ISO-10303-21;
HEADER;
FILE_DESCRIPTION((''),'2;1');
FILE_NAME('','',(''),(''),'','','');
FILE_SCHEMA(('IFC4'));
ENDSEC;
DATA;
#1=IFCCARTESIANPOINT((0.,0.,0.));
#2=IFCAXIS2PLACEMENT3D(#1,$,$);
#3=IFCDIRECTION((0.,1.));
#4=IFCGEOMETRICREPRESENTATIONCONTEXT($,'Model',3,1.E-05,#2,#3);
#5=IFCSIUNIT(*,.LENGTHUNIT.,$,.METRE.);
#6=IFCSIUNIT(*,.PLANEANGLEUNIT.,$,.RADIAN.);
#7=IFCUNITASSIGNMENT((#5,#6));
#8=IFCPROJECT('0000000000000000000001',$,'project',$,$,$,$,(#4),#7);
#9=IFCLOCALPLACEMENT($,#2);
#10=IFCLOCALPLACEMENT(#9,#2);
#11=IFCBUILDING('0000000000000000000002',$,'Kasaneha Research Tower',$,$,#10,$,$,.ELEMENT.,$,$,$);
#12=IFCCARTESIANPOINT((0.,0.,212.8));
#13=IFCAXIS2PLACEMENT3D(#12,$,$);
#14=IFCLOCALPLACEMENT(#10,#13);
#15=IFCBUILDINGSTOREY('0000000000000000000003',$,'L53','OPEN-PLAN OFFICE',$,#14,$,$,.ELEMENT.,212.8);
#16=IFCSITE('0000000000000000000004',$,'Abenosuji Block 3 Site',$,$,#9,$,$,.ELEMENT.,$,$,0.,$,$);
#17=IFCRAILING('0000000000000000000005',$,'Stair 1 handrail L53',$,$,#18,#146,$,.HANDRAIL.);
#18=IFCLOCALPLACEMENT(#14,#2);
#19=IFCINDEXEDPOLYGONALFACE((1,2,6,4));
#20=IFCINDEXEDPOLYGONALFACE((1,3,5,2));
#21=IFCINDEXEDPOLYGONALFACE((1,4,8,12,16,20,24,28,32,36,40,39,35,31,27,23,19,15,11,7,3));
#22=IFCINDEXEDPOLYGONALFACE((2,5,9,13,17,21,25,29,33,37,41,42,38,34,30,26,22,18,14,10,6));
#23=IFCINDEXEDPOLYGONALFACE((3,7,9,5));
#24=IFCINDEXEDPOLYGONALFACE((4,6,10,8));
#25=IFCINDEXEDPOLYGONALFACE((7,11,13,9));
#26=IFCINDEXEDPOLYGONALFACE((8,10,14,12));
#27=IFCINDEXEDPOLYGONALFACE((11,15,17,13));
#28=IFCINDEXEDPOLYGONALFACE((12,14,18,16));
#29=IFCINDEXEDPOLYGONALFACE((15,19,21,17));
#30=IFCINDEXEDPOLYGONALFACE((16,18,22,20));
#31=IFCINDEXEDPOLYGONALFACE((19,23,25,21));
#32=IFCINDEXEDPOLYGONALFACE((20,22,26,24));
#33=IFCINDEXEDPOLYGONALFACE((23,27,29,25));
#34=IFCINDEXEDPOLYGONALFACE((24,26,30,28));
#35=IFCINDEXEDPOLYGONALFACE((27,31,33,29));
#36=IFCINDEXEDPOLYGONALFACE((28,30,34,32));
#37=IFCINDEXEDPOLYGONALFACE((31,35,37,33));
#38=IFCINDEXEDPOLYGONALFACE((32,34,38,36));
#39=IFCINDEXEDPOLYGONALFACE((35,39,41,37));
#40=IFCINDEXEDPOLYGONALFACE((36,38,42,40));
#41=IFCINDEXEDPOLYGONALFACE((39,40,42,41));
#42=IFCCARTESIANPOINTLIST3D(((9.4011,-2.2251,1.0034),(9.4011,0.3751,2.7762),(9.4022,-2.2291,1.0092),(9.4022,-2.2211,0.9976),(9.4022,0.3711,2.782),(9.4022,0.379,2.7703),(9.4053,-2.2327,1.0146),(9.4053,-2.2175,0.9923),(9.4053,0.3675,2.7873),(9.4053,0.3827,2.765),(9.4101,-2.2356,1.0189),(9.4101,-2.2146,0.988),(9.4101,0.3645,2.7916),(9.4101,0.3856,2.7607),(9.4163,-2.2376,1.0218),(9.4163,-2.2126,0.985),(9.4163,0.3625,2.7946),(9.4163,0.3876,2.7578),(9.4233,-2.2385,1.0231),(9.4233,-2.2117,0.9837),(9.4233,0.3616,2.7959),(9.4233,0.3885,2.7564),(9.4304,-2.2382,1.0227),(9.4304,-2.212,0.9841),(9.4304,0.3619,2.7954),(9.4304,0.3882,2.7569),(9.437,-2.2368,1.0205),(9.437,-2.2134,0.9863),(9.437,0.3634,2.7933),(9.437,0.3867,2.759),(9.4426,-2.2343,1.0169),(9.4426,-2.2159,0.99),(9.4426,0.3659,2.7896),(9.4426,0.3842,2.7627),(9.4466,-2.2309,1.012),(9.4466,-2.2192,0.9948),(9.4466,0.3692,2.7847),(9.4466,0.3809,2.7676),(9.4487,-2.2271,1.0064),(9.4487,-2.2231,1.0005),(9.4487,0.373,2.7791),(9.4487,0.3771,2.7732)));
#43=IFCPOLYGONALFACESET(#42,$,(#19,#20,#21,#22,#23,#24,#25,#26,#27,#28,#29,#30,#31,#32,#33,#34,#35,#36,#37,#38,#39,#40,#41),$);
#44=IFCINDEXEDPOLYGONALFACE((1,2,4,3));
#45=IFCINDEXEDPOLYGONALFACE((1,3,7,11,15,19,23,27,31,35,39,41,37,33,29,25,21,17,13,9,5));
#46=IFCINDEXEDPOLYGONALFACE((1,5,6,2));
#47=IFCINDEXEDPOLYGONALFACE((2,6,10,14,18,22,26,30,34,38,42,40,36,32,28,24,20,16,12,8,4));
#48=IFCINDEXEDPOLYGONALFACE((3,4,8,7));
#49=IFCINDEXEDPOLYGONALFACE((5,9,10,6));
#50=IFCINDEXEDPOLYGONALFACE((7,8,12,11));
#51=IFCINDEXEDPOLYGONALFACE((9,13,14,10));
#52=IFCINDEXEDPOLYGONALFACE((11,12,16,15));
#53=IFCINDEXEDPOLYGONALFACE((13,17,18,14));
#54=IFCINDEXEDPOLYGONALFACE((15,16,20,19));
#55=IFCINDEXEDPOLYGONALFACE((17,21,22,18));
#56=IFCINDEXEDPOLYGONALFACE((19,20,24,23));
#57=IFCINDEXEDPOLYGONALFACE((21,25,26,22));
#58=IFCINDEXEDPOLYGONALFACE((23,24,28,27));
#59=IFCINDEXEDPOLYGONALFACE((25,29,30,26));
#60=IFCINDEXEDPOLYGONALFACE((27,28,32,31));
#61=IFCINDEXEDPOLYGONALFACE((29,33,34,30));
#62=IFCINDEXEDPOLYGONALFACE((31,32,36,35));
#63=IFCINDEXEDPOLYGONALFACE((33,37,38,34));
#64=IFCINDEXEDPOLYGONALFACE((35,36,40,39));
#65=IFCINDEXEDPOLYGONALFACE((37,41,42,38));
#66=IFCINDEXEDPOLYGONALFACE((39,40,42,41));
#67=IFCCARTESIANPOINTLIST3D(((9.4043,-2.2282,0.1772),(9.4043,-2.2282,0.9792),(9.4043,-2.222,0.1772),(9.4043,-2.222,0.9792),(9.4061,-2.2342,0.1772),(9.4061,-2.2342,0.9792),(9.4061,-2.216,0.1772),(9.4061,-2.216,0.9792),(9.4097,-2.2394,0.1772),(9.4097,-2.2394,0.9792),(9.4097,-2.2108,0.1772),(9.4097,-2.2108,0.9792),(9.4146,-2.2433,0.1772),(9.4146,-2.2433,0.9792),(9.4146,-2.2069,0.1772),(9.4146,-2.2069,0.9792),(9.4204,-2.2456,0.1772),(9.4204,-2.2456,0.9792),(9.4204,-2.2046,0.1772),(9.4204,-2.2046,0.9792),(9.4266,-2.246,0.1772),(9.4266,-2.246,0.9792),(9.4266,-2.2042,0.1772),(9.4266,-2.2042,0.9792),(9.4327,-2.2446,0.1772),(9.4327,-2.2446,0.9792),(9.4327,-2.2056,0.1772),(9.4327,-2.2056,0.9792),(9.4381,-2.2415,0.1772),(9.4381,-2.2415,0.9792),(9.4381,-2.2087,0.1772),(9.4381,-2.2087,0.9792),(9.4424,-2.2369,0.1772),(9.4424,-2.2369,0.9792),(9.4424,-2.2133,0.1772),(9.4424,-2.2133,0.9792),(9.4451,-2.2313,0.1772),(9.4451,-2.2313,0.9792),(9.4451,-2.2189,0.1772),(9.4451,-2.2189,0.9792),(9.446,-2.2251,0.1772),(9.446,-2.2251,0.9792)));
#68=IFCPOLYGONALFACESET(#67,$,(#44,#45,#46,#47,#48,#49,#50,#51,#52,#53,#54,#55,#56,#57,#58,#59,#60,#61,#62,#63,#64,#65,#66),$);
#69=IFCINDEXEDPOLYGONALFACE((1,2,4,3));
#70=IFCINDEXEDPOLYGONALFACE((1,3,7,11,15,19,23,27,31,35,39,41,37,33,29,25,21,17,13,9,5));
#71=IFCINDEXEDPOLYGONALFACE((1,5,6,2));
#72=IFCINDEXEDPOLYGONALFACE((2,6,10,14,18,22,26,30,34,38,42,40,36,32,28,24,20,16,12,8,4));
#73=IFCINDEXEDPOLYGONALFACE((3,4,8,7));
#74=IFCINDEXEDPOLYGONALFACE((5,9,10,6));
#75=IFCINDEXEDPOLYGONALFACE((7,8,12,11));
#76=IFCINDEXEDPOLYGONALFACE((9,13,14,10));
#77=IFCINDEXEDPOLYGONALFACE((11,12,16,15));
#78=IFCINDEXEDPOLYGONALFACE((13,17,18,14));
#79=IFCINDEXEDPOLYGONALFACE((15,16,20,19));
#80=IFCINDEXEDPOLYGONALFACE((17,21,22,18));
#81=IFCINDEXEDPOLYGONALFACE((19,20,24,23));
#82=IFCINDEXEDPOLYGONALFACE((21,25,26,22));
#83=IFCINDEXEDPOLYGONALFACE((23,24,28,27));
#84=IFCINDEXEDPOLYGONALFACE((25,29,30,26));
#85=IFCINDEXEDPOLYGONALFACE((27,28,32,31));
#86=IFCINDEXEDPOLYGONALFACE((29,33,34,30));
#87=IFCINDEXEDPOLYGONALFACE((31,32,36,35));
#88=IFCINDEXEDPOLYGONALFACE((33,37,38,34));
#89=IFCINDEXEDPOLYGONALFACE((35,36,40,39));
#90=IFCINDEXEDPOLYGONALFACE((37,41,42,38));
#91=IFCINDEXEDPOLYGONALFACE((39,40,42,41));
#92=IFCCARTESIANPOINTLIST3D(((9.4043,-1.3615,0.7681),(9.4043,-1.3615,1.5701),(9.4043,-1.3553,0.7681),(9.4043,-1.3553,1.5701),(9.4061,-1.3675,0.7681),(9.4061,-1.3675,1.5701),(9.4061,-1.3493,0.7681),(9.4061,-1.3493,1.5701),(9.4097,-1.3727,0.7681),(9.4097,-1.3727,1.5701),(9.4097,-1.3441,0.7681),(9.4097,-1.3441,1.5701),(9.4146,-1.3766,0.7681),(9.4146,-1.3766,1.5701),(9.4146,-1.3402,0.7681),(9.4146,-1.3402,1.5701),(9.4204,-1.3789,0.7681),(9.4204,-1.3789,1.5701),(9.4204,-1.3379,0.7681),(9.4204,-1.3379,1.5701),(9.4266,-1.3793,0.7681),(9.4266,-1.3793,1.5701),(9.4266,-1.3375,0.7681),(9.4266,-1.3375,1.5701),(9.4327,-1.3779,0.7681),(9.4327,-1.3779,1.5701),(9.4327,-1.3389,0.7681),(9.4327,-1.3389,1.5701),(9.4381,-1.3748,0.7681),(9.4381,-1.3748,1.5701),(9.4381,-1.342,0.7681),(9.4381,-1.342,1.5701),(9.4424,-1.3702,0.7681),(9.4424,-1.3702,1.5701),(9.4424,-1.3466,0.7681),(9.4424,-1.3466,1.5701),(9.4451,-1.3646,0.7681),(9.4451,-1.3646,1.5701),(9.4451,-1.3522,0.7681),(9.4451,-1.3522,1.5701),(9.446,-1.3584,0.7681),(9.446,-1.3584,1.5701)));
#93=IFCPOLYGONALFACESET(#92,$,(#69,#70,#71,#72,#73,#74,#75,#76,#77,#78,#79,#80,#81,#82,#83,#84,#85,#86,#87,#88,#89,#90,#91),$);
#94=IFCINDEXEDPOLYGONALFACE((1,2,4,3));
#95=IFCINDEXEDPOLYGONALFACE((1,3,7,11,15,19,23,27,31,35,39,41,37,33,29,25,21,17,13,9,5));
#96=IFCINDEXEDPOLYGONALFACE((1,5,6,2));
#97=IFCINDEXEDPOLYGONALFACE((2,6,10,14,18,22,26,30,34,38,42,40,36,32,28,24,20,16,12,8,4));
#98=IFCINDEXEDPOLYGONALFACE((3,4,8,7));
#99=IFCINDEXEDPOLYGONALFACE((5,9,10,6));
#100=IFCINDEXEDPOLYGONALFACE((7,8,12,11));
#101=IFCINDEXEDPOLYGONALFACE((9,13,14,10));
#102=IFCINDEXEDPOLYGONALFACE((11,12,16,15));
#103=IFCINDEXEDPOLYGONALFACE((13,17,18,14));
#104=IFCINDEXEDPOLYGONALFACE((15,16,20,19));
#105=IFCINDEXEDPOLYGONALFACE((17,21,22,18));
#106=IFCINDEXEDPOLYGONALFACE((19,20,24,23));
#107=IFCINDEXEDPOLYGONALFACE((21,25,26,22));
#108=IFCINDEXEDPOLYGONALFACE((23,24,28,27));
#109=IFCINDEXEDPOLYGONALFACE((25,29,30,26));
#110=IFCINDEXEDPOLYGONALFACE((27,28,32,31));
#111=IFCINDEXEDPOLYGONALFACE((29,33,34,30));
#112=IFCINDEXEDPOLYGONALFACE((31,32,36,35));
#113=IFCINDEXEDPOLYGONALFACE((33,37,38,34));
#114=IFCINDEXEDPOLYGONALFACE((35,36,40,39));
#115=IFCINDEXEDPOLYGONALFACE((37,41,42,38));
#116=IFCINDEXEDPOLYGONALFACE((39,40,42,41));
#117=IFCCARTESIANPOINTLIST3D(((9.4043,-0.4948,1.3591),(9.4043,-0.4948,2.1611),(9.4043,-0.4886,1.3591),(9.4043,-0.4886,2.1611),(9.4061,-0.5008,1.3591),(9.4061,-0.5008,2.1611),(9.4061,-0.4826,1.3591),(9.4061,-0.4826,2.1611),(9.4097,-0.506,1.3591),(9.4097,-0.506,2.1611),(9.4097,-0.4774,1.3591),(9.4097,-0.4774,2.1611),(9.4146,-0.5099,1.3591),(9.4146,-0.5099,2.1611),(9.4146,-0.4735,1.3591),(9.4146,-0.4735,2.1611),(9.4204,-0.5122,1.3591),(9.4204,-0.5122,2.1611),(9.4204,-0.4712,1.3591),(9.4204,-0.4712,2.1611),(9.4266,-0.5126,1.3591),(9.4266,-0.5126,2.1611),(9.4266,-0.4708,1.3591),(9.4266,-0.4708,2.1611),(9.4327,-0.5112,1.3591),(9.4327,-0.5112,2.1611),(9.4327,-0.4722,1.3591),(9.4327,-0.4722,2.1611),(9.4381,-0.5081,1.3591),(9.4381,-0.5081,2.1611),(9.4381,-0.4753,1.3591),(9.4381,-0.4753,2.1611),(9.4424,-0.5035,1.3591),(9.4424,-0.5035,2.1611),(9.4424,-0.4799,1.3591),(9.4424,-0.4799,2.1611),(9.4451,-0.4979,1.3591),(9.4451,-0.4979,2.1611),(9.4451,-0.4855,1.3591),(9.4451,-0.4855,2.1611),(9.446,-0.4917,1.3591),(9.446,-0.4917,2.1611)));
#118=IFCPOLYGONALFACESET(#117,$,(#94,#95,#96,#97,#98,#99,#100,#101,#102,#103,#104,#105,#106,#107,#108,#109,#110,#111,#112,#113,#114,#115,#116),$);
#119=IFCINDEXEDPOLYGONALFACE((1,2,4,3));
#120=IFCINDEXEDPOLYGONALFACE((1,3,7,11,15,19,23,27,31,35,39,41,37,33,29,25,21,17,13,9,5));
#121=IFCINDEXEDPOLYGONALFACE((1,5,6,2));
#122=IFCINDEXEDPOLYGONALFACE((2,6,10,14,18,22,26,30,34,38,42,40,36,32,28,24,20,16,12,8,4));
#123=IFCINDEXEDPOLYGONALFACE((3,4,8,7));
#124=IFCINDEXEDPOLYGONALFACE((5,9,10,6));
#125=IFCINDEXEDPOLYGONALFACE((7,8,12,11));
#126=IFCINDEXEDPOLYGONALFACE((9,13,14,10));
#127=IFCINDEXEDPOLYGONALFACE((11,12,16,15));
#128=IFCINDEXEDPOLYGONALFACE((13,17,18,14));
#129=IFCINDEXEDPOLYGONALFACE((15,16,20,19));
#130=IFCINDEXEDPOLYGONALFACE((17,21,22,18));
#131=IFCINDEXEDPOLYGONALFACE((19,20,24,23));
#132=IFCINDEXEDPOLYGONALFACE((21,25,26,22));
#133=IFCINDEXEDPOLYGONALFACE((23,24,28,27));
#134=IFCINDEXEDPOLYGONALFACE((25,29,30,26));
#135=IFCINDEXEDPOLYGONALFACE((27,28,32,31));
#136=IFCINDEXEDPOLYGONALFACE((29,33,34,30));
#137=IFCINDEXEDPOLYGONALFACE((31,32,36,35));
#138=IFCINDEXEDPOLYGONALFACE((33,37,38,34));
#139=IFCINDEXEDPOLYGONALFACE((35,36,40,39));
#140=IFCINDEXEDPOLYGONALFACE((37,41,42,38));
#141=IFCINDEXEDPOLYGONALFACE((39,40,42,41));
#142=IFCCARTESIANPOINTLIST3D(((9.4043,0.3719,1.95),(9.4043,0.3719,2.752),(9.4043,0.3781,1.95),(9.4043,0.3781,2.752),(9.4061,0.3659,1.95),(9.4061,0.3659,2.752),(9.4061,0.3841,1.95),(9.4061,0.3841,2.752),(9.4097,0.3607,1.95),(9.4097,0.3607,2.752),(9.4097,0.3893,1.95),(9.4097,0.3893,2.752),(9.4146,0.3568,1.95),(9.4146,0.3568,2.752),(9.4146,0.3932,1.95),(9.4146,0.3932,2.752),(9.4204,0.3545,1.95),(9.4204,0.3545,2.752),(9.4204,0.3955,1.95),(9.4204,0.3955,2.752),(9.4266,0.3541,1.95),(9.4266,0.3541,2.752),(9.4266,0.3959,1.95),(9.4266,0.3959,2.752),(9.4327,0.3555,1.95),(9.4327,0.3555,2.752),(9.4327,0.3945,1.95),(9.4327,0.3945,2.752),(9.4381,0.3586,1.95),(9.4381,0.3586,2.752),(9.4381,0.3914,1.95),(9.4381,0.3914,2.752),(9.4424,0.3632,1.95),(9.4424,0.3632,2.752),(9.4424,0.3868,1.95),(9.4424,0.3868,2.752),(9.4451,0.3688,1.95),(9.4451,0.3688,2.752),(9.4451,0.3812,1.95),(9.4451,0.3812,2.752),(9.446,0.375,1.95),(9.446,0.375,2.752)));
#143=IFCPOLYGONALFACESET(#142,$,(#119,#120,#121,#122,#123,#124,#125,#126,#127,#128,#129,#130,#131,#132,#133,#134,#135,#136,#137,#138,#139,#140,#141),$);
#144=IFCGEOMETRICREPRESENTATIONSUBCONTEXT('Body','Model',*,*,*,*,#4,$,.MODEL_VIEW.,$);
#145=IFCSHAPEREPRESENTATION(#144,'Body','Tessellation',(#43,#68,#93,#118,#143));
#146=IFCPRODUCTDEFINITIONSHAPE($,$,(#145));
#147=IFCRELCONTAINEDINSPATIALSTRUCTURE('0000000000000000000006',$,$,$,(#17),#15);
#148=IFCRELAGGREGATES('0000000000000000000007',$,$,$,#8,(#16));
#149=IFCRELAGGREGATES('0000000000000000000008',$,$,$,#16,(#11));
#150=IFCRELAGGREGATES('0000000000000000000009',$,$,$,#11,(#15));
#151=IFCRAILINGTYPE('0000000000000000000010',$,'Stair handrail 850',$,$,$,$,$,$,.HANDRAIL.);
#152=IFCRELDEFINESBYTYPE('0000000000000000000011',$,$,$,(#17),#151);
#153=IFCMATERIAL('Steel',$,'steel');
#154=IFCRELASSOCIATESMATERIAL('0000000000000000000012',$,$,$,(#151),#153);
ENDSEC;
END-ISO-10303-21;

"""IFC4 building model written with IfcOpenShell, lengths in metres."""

from ifc_helpers import new_model, si_unit, direction, frame, origin, origin_2d, place, context, subcontext, project, spatial, circle, extrude, material, type_object, element, save


model = new_model("IFC4")

# Units and contexts
model_context = context("Model", 3, precision=1e-05, world=origin(), true_north=direction((0.0, 1.0)))
body_context = subcontext(model_context, "Body", "Model", "MODEL_VIEW")
ifc_project = project(units=[si_unit("LENGTHUNIT", "METRE"), si_unit("PLANEANGLEUNIT", "RADIAN")], contexts=[model_context])

# Site, building, storey
site_placement = place(None, origin())
site = spatial("IfcSite", under=ifc_project, at=site_placement, Name="Abenosuji Block 3 Site", CompositionType="ELEMENT", RefElevation=0.0)
building_placement = place(site_placement, origin())
building = spatial("IfcBuilding", under=site, at=building_placement, Name="Kasaneha Research Tower", CompositionType="ELEMENT")
storey_placement = place(building_placement, frame((0.0, 0.0, 212.8)))
storey = spatial("IfcBuildingStorey", under=building, at=storey_placement, Name="L53", Description="OPEN-PLAN OFFICE", CompositionType="ELEMENT", Elevation=212.8)

# Railing
ifc_material_1 = material(Name="Steel", Category="steel")
railing_type_1 = type_object("IfcRailingType", Name="Stair handrail 850", PredefinedType="HANDRAIL", material=ifc_material_1)
railing_1_placement = place(storey_placement, frame((9.425, -2.2251, 0.1772)))
element("IfcRailing", 1, at=railing_1_placement, inside=storey, type_object=railing_type_1, Name="Stair 1 handrail L53", PredefinedType="HANDRAIL", context=body_context, shape_type="SweptSolid", body=[
    extrude(circle(Radius=0.0239, at=origin_2d()), frame((0.0, 0.0, 0.8262), z_axis=(0.0, 0.82624, 0.563318), x_axis=(-1.0, 0.0, 0.0)), (0.0, 0.0, 1.0), 3.147),
    extrude(circle(Radius=0.021, at=origin_2d()), origin(), (0.0, 0.0, 1.0), 0.802),
    extrude(circle(Radius=0.021, at=origin_2d()), frame((0.0, 0.8667, 0.5908)), (0.0, 0.0, 1.0), 0.802),
    extrude(circle(Radius=0.021, at=origin_2d()), frame((0.0, 1.7334, 1.1819)), (0.0, 0.0, 1.0), 0.802),
    extrude(circle(Radius=0.021, at=origin_2d()), frame((0.0, 2.6001, 1.7727)), (0.0, 0.0, 1.0), 0.802),
])

save(model, "model.ifc")
